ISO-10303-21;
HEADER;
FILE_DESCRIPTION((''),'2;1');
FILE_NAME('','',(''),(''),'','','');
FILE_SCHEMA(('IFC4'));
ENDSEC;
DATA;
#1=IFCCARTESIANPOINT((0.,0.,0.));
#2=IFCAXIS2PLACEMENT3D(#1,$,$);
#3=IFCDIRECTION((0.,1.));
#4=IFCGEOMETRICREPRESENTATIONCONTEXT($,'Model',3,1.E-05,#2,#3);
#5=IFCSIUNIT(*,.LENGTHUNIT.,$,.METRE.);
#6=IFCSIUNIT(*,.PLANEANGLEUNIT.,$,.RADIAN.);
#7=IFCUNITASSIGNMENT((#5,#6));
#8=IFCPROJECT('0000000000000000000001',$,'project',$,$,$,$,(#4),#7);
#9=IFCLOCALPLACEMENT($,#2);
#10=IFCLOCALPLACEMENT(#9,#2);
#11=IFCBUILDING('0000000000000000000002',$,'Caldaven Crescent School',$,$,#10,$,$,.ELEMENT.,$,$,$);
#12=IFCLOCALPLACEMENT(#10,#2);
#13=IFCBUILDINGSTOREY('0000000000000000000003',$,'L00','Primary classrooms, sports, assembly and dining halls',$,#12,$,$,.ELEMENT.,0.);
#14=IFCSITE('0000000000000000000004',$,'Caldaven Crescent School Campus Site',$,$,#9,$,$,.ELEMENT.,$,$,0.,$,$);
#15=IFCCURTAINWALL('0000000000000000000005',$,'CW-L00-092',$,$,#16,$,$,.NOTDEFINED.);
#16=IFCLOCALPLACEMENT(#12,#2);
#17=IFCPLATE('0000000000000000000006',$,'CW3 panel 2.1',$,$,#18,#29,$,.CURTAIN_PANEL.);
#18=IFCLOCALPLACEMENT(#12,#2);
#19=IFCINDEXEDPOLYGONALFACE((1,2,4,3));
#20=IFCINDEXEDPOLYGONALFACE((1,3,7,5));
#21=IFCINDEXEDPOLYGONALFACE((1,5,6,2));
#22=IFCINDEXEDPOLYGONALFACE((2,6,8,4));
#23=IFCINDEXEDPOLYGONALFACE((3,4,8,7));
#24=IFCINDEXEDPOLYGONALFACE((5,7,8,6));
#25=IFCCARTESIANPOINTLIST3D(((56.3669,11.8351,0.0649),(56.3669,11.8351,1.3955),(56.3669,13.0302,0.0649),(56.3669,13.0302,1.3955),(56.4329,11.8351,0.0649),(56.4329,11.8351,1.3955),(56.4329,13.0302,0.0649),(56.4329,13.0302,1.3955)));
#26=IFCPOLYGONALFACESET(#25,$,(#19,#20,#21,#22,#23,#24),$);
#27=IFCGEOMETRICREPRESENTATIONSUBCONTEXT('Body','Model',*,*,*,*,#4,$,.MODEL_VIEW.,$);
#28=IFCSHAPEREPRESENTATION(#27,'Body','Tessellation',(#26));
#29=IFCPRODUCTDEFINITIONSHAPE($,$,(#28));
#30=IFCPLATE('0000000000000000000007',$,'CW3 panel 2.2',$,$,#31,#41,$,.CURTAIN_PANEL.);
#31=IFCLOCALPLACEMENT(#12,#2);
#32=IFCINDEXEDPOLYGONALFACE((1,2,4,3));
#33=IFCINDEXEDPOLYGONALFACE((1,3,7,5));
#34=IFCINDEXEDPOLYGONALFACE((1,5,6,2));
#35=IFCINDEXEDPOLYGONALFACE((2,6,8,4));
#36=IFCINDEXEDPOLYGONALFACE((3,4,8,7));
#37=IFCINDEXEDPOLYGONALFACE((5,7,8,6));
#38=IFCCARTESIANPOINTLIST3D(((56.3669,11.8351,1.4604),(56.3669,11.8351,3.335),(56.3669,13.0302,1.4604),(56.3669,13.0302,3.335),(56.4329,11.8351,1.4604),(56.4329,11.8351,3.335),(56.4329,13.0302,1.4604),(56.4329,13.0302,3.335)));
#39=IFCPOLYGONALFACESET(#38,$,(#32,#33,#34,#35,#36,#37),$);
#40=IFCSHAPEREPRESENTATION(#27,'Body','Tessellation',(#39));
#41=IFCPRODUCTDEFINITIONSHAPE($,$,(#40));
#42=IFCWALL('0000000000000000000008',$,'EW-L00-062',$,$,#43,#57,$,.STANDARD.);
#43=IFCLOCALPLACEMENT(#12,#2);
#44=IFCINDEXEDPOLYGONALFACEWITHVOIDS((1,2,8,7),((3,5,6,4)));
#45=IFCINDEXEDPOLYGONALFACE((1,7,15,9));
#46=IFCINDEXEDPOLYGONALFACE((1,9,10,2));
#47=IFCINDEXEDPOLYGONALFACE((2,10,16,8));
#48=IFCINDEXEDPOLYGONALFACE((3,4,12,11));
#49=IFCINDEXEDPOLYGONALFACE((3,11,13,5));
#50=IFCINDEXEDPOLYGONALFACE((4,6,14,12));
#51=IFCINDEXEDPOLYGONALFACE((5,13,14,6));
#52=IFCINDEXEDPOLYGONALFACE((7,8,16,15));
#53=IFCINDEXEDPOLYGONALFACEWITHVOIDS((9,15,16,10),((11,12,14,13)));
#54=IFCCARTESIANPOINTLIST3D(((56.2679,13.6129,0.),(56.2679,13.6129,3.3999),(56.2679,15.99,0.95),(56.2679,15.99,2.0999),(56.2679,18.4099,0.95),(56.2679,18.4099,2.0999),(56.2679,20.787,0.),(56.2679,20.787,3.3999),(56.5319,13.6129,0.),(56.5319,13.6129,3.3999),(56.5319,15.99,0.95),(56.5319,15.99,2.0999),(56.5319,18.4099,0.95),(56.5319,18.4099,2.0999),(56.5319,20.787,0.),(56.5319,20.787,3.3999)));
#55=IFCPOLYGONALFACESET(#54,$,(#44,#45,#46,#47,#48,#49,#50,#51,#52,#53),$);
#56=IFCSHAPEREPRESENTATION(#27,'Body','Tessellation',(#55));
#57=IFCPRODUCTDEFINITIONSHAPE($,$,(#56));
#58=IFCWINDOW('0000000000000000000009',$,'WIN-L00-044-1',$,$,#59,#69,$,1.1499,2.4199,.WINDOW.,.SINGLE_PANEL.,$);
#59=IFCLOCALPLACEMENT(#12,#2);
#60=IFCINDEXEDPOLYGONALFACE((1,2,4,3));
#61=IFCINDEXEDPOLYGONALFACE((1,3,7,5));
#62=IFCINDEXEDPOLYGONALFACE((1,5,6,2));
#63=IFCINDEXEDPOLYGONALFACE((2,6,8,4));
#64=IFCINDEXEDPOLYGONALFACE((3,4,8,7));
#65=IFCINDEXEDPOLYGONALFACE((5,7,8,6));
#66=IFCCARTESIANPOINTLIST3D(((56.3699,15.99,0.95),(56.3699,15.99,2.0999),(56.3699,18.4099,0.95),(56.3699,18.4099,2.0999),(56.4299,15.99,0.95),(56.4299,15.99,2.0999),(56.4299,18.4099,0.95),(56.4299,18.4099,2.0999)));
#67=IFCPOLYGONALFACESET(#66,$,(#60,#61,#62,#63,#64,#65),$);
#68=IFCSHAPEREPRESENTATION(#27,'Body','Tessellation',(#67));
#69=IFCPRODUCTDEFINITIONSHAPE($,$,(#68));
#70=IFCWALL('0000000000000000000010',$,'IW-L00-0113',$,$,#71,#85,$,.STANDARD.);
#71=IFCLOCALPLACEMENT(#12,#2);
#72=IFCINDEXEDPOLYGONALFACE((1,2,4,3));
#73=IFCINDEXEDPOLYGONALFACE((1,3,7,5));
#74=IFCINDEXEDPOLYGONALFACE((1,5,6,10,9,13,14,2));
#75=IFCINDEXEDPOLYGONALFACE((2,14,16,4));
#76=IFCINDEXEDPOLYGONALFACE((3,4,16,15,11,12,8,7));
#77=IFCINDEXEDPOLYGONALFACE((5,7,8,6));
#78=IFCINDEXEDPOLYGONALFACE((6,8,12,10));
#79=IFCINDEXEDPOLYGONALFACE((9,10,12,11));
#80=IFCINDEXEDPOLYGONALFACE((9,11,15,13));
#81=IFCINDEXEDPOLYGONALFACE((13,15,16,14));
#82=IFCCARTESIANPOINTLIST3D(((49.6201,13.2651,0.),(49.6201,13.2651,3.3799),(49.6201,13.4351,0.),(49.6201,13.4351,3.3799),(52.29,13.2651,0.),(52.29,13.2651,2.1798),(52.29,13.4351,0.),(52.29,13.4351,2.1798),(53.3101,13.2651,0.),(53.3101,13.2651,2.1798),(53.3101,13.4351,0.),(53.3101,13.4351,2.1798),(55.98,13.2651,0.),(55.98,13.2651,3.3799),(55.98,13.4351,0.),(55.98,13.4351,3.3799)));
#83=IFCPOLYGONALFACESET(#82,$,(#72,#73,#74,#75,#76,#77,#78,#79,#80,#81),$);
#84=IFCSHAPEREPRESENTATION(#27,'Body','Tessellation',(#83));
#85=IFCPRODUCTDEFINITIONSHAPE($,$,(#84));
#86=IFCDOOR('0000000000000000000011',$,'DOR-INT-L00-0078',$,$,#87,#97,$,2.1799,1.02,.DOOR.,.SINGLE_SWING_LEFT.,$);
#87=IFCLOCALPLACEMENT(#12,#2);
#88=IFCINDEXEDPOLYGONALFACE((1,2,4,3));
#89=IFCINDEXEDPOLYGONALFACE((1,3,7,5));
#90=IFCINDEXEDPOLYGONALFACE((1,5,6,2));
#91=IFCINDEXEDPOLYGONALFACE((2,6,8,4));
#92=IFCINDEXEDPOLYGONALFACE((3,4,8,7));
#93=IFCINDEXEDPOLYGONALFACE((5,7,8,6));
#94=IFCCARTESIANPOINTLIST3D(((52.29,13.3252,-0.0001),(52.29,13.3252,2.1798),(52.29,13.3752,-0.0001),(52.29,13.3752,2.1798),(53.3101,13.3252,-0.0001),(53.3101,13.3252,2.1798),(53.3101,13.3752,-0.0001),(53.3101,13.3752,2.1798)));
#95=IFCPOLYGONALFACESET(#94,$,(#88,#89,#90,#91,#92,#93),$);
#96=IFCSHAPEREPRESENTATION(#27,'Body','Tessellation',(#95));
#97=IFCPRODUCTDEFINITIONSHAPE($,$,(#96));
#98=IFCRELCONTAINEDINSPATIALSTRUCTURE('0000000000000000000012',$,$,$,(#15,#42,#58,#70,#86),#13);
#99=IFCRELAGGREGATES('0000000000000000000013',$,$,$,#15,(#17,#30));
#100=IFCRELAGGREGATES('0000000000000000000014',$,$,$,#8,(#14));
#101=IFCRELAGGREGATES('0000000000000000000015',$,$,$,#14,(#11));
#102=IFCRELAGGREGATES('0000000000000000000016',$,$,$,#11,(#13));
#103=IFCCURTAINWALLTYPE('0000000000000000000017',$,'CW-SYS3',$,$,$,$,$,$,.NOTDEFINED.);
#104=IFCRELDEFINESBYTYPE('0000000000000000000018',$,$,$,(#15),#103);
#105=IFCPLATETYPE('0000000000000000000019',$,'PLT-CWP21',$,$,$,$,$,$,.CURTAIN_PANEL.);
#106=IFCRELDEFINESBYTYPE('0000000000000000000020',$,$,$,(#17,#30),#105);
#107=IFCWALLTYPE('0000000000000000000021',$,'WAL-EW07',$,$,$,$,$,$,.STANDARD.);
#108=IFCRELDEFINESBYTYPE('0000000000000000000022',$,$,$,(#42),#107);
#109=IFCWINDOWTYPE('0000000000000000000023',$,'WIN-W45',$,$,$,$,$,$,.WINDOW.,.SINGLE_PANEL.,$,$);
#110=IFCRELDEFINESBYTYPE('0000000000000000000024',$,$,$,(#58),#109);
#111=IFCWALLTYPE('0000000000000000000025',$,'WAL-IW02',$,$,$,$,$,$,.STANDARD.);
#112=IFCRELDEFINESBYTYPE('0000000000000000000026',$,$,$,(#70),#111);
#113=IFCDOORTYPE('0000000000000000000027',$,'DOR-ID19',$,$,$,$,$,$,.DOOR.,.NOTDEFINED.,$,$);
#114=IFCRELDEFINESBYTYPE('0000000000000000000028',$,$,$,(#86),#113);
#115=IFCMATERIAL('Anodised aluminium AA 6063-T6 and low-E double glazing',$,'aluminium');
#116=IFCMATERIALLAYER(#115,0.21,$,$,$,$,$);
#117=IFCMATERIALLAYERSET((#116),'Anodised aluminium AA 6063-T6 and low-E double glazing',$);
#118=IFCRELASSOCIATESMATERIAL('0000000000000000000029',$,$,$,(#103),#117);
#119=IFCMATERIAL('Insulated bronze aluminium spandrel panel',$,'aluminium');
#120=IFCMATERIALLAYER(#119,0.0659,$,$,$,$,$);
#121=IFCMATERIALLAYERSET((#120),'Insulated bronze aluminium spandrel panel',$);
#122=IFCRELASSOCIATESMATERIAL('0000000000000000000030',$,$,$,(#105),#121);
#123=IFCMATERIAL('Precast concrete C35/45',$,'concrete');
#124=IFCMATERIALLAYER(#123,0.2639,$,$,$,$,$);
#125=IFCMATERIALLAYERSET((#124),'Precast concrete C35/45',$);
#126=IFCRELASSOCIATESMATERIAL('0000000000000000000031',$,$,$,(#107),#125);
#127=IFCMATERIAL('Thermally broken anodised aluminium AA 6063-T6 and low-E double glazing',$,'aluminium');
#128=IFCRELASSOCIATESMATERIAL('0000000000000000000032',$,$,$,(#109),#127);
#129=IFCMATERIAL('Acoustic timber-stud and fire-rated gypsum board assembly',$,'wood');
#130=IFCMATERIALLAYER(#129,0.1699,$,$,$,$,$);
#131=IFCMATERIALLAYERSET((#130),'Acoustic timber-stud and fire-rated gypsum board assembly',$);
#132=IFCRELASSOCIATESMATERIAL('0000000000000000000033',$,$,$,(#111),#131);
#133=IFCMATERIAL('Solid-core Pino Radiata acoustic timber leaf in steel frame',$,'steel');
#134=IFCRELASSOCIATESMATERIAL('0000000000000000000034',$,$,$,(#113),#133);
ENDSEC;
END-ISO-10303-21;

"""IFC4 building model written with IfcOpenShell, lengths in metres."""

from ifc_helpers import new_model, si_unit, direction, frame, frame_2d, origin, origin_2d, place, context, subcontext, project, spatial, rectangle, extrude, material, layer, layer_set, type_object, element, fill, aggregate, save


model = new_model("IFC4")

# Units and contexts
model_context = context("Model", 3, precision=1e-05, world=origin(), true_north=direction((0.0, 1.0)))
body_context = subcontext(model_context, "Body", "Model", "MODEL_VIEW")
ifc_project = project(units=[si_unit("LENGTHUNIT", "METRE"), si_unit("PLANEANGLEUNIT", "RADIAN")], contexts=[model_context])

# Site, building, storey
site_placement = place(None, origin())
site = spatial("IfcSite", under=ifc_project, at=site_placement, Name="Caldaven Crescent School Campus Site", CompositionType="ELEMENT", RefElevation=0.0)
building_placement = place(site_placement, origin())
building = spatial("IfcBuilding", under=site, at=building_placement, Name="Caldaven Crescent School", CompositionType="ELEMENT")
storey_placement = place(building_placement, origin())
storey = spatial("IfcBuildingStorey", under=building, at=storey_placement, Name="L00", Description="Primary classrooms, sports, assembly and dining halls", CompositionType="ELEMENT", Elevation=0.0)

# Curtain wall, plates
ifc_material_1 = material(Name="Anodised aluminium AA 6063-T6 and low-E double glazing", Category="aluminium")
ifc_layer_1 = layer(ifc_material_1, 0.21)
ifc_layer_set_1 = layer_set([ifc_layer_1], Name="Anodised aluminium AA 6063-T6 and low-E double glazing")
curtain_wall_type = type_object("IfcCurtainWallType", Name="CW-SYS3", PredefinedType="NOTDEFINED", material=ifc_layer_set_1)
curtain_wall_placement = place(storey_placement, origin())
curtain_wall = element("IfcCurtainWall", 1, at=curtain_wall_placement, inside=storey, type_object=curtain_wall_type, Name="CW-L00-092", PredefinedType="NOTDEFINED")
ifc_material_2 = material(Name="Insulated bronze aluminium spandrel panel", Category="aluminium")
ifc_layer_2 = layer(ifc_material_2, 0.0659)
ifc_layer_set_2 = layer_set([ifc_layer_2], Name="Insulated bronze aluminium spandrel panel")
plate_type = type_object("IfcPlateType", Name="PLT-CWP21", PredefinedType="CURTAIN_PANEL", material=ifc_layer_set_2)
plate_1_placement = place(storey_placement, frame((56.3999, 12.4326, 0.0649), z_axis=(0.0, 0.0, 1.0), x_axis=(0.0, 1.0, 0.0)))
plate_1 = element("IfcPlate", 2, at=plate_1_placement, type_object=plate_type, Name="CW3 panel 2.1", PredefinedType="CURTAIN_PANEL", context=body_context, shape_type="SweptSolid", body=[
    extrude(rectangle(XDim=1.1951, YDim=0.0659, at=origin_2d()), origin(), (0.0, 0.0, 1.0), 1.3306),
])
plate_2_placement = place(storey_placement, frame((56.3999, 12.4326, 1.4604), z_axis=(0.0, 0.0, 1.0), x_axis=(0.0, 1.0, 0.0)))
plate_2 = element("IfcPlate", 3, at=plate_2_placement, type_object=plate_type, Name="CW3 panel 2.2", PredefinedType="CURTAIN_PANEL", context=body_context, shape_type="SweptSolid", body=[
    extrude(rectangle(XDim=1.1951, YDim=0.0659, at=origin_2d()), origin(), (0.0, 0.0, 1.0), 1.8745),
])
aggregate(curtain_wall, [plate_1, plate_2])

# Wall, opening, window
ifc_material_3 = material(Name="Precast concrete C35/45", Category="concrete")
ifc_layer_3 = layer(ifc_material_3, 0.2639)
ifc_layer_set_3 = layer_set([ifc_layer_3], Name="Precast concrete C35/45")
wall_type_1 = type_object("IfcWallType", Name="WAL-EW07", PredefinedType="STANDARD", material=ifc_layer_set_3)
wall_1_placement = place(storey_placement, frame((56.3999, 13.613, 0.0), z_axis=(0.0, 0.0, 1.0), x_axis=(0.0, 1.0, 0.0)))
wall_1 = element("IfcWall", 4, at=wall_1_placement, inside=storey, type_object=wall_type_1, Name="EW-L00-062", PredefinedType="STANDARD", context=body_context, shape_type="SweptSolid", body=[
    extrude(rectangle(XDim=7.1741, YDim=0.2639, at=frame_2d((3.5869, 0.0))), origin(), (0.0, 0.0, 1.0), 3.3999),
])
opening_1_placement = place(wall_1_placement, frame((2.377, 0.0, 0.95)))
opening_1 = element("IfcOpeningElement", 5, at=opening_1_placement, cuts=wall_1, PredefinedType="OPENING", context=body_context, shape_type="SweptSolid", body=[
    extrude(rectangle(XDim=2.4199, YDim=1.1499, at=frame_2d((1.21, 0.575))), frame((0.0, 0.1418, 0.0), z_axis=(0.0, -1.0, 0.0), x_axis=(1.0, 0.0, 0.0)), (0.0, 0.0, 1.0), 0.2839),
])
ifc_material_4 = material(Name="Thermally broken anodised aluminium AA 6063-T6 and low-E double glazing", Category="aluminium")
window_type = type_object("IfcWindowType", Name="WIN-W45", PartitioningType="SINGLE_PANEL", PredefinedType="WINDOW", material=ifc_material_4)
window_placement = place(opening_1_placement, origin())
window = element("IfcWindow", 6, at=window_placement, inside=storey, type_object=window_type, Name="WIN-L00-044-1", OverallHeight=1.1499, OverallWidth=2.4199, PartitioningType="SINGLE_PANEL", PredefinedType="WINDOW", context=body_context, shape_type="SweptSolid", body=[
    extrude(rectangle(XDim=2.4199, YDim=1.1499, at=frame_2d((1.21, 0.575))), frame((0.0, 0.03, 0.0), z_axis=(0.0, -1.0, 0.0), x_axis=(1.0, 0.0, 0.0)), (0.0, 0.0, 1.0), 0.0601),
])
fill(opening_1, window)

# Wall, opening, door
ifc_material_5 = material(Name="Acoustic timber-stud and fire-rated gypsum board assembly", Category="wood")
ifc_layer_4 = layer(ifc_material_5, 0.1699)
ifc_layer_set_4 = layer_set([ifc_layer_4], Name="Acoustic timber-stud and fire-rated gypsum board assembly")
wall_type_2 = type_object("IfcWallType", Name="WAL-IW02", PredefinedType="STANDARD", material=ifc_layer_set_4)
wall_2_placement = place(storey_placement, frame((49.6201, 13.3501, 0.0), z_axis=(0.0, 0.0, 1.0), x_axis=(1.0, 0.0, 0.0)))
wall_2 = element("IfcWall", 7, at=wall_2_placement, inside=storey, type_object=wall_type_2, Name="IW-L00-0113", PredefinedType="STANDARD", context=body_context, shape_type="SweptSolid", body=[
    extrude(rectangle(XDim=6.3599, YDim=0.1699, at=frame_2d((3.1799, 0.0))), origin(), (0.0, 0.0, 1.0), 3.3799),
])
opening_2_placement = place(wall_2_placement, frame((2.6699, 0.0, 0.0)))
opening_2 = element("IfcOpeningElement", 8, at=opening_2_placement, cuts=wall_2, PredefinedType="OPENING", context=body_context, shape_type="SweptSolid", body=[
    extrude(rectangle(XDim=1.02, YDim=2.1799, at=frame_2d((0.51, 1.0898))), frame((0.0, 0.095, 0.0), z_axis=(0.0, -1.0, 0.0), x_axis=(1.0, 0.0, 0.0)), (0.0, 0.0, 1.0), 0.1899),
])
ifc_material_6 = material(Name="Solid-core Pino Radiata acoustic timber leaf in steel frame", Category="steel")
door_type = type_object("IfcDoorType", Name="DOR-ID19", OperationType="NOTDEFINED", PredefinedType="DOOR", material=ifc_material_6)
door_placement = place(opening_2_placement, frame((1.02, 0.0, 0.0), z_axis=(0.0, 0.0, 1.0), x_axis=(-1.0, 0.0, 0.0)))
door = element("IfcDoor", 9, at=door_placement, inside=storey, type_object=door_type, Name="DOR-INT-L00-0078", OperationType="SINGLE_SWING_LEFT", OverallHeight=2.1799, OverallWidth=1.02, PredefinedType="DOOR", context=body_context, shape_type="SweptSolid", body=[
    extrude(rectangle(XDim=1.02, YDim=2.1799, at=frame_2d((0.51, 1.0898))), frame((0.0, 0.0249, 0.0), z_axis=(0.0, -1.0, 0.0), x_axis=(1.0, 0.0, 0.0)), (0.0, 0.0, 1.0), 0.05),
])
fill(opening_2, door)

save(model, "model.ifc")
